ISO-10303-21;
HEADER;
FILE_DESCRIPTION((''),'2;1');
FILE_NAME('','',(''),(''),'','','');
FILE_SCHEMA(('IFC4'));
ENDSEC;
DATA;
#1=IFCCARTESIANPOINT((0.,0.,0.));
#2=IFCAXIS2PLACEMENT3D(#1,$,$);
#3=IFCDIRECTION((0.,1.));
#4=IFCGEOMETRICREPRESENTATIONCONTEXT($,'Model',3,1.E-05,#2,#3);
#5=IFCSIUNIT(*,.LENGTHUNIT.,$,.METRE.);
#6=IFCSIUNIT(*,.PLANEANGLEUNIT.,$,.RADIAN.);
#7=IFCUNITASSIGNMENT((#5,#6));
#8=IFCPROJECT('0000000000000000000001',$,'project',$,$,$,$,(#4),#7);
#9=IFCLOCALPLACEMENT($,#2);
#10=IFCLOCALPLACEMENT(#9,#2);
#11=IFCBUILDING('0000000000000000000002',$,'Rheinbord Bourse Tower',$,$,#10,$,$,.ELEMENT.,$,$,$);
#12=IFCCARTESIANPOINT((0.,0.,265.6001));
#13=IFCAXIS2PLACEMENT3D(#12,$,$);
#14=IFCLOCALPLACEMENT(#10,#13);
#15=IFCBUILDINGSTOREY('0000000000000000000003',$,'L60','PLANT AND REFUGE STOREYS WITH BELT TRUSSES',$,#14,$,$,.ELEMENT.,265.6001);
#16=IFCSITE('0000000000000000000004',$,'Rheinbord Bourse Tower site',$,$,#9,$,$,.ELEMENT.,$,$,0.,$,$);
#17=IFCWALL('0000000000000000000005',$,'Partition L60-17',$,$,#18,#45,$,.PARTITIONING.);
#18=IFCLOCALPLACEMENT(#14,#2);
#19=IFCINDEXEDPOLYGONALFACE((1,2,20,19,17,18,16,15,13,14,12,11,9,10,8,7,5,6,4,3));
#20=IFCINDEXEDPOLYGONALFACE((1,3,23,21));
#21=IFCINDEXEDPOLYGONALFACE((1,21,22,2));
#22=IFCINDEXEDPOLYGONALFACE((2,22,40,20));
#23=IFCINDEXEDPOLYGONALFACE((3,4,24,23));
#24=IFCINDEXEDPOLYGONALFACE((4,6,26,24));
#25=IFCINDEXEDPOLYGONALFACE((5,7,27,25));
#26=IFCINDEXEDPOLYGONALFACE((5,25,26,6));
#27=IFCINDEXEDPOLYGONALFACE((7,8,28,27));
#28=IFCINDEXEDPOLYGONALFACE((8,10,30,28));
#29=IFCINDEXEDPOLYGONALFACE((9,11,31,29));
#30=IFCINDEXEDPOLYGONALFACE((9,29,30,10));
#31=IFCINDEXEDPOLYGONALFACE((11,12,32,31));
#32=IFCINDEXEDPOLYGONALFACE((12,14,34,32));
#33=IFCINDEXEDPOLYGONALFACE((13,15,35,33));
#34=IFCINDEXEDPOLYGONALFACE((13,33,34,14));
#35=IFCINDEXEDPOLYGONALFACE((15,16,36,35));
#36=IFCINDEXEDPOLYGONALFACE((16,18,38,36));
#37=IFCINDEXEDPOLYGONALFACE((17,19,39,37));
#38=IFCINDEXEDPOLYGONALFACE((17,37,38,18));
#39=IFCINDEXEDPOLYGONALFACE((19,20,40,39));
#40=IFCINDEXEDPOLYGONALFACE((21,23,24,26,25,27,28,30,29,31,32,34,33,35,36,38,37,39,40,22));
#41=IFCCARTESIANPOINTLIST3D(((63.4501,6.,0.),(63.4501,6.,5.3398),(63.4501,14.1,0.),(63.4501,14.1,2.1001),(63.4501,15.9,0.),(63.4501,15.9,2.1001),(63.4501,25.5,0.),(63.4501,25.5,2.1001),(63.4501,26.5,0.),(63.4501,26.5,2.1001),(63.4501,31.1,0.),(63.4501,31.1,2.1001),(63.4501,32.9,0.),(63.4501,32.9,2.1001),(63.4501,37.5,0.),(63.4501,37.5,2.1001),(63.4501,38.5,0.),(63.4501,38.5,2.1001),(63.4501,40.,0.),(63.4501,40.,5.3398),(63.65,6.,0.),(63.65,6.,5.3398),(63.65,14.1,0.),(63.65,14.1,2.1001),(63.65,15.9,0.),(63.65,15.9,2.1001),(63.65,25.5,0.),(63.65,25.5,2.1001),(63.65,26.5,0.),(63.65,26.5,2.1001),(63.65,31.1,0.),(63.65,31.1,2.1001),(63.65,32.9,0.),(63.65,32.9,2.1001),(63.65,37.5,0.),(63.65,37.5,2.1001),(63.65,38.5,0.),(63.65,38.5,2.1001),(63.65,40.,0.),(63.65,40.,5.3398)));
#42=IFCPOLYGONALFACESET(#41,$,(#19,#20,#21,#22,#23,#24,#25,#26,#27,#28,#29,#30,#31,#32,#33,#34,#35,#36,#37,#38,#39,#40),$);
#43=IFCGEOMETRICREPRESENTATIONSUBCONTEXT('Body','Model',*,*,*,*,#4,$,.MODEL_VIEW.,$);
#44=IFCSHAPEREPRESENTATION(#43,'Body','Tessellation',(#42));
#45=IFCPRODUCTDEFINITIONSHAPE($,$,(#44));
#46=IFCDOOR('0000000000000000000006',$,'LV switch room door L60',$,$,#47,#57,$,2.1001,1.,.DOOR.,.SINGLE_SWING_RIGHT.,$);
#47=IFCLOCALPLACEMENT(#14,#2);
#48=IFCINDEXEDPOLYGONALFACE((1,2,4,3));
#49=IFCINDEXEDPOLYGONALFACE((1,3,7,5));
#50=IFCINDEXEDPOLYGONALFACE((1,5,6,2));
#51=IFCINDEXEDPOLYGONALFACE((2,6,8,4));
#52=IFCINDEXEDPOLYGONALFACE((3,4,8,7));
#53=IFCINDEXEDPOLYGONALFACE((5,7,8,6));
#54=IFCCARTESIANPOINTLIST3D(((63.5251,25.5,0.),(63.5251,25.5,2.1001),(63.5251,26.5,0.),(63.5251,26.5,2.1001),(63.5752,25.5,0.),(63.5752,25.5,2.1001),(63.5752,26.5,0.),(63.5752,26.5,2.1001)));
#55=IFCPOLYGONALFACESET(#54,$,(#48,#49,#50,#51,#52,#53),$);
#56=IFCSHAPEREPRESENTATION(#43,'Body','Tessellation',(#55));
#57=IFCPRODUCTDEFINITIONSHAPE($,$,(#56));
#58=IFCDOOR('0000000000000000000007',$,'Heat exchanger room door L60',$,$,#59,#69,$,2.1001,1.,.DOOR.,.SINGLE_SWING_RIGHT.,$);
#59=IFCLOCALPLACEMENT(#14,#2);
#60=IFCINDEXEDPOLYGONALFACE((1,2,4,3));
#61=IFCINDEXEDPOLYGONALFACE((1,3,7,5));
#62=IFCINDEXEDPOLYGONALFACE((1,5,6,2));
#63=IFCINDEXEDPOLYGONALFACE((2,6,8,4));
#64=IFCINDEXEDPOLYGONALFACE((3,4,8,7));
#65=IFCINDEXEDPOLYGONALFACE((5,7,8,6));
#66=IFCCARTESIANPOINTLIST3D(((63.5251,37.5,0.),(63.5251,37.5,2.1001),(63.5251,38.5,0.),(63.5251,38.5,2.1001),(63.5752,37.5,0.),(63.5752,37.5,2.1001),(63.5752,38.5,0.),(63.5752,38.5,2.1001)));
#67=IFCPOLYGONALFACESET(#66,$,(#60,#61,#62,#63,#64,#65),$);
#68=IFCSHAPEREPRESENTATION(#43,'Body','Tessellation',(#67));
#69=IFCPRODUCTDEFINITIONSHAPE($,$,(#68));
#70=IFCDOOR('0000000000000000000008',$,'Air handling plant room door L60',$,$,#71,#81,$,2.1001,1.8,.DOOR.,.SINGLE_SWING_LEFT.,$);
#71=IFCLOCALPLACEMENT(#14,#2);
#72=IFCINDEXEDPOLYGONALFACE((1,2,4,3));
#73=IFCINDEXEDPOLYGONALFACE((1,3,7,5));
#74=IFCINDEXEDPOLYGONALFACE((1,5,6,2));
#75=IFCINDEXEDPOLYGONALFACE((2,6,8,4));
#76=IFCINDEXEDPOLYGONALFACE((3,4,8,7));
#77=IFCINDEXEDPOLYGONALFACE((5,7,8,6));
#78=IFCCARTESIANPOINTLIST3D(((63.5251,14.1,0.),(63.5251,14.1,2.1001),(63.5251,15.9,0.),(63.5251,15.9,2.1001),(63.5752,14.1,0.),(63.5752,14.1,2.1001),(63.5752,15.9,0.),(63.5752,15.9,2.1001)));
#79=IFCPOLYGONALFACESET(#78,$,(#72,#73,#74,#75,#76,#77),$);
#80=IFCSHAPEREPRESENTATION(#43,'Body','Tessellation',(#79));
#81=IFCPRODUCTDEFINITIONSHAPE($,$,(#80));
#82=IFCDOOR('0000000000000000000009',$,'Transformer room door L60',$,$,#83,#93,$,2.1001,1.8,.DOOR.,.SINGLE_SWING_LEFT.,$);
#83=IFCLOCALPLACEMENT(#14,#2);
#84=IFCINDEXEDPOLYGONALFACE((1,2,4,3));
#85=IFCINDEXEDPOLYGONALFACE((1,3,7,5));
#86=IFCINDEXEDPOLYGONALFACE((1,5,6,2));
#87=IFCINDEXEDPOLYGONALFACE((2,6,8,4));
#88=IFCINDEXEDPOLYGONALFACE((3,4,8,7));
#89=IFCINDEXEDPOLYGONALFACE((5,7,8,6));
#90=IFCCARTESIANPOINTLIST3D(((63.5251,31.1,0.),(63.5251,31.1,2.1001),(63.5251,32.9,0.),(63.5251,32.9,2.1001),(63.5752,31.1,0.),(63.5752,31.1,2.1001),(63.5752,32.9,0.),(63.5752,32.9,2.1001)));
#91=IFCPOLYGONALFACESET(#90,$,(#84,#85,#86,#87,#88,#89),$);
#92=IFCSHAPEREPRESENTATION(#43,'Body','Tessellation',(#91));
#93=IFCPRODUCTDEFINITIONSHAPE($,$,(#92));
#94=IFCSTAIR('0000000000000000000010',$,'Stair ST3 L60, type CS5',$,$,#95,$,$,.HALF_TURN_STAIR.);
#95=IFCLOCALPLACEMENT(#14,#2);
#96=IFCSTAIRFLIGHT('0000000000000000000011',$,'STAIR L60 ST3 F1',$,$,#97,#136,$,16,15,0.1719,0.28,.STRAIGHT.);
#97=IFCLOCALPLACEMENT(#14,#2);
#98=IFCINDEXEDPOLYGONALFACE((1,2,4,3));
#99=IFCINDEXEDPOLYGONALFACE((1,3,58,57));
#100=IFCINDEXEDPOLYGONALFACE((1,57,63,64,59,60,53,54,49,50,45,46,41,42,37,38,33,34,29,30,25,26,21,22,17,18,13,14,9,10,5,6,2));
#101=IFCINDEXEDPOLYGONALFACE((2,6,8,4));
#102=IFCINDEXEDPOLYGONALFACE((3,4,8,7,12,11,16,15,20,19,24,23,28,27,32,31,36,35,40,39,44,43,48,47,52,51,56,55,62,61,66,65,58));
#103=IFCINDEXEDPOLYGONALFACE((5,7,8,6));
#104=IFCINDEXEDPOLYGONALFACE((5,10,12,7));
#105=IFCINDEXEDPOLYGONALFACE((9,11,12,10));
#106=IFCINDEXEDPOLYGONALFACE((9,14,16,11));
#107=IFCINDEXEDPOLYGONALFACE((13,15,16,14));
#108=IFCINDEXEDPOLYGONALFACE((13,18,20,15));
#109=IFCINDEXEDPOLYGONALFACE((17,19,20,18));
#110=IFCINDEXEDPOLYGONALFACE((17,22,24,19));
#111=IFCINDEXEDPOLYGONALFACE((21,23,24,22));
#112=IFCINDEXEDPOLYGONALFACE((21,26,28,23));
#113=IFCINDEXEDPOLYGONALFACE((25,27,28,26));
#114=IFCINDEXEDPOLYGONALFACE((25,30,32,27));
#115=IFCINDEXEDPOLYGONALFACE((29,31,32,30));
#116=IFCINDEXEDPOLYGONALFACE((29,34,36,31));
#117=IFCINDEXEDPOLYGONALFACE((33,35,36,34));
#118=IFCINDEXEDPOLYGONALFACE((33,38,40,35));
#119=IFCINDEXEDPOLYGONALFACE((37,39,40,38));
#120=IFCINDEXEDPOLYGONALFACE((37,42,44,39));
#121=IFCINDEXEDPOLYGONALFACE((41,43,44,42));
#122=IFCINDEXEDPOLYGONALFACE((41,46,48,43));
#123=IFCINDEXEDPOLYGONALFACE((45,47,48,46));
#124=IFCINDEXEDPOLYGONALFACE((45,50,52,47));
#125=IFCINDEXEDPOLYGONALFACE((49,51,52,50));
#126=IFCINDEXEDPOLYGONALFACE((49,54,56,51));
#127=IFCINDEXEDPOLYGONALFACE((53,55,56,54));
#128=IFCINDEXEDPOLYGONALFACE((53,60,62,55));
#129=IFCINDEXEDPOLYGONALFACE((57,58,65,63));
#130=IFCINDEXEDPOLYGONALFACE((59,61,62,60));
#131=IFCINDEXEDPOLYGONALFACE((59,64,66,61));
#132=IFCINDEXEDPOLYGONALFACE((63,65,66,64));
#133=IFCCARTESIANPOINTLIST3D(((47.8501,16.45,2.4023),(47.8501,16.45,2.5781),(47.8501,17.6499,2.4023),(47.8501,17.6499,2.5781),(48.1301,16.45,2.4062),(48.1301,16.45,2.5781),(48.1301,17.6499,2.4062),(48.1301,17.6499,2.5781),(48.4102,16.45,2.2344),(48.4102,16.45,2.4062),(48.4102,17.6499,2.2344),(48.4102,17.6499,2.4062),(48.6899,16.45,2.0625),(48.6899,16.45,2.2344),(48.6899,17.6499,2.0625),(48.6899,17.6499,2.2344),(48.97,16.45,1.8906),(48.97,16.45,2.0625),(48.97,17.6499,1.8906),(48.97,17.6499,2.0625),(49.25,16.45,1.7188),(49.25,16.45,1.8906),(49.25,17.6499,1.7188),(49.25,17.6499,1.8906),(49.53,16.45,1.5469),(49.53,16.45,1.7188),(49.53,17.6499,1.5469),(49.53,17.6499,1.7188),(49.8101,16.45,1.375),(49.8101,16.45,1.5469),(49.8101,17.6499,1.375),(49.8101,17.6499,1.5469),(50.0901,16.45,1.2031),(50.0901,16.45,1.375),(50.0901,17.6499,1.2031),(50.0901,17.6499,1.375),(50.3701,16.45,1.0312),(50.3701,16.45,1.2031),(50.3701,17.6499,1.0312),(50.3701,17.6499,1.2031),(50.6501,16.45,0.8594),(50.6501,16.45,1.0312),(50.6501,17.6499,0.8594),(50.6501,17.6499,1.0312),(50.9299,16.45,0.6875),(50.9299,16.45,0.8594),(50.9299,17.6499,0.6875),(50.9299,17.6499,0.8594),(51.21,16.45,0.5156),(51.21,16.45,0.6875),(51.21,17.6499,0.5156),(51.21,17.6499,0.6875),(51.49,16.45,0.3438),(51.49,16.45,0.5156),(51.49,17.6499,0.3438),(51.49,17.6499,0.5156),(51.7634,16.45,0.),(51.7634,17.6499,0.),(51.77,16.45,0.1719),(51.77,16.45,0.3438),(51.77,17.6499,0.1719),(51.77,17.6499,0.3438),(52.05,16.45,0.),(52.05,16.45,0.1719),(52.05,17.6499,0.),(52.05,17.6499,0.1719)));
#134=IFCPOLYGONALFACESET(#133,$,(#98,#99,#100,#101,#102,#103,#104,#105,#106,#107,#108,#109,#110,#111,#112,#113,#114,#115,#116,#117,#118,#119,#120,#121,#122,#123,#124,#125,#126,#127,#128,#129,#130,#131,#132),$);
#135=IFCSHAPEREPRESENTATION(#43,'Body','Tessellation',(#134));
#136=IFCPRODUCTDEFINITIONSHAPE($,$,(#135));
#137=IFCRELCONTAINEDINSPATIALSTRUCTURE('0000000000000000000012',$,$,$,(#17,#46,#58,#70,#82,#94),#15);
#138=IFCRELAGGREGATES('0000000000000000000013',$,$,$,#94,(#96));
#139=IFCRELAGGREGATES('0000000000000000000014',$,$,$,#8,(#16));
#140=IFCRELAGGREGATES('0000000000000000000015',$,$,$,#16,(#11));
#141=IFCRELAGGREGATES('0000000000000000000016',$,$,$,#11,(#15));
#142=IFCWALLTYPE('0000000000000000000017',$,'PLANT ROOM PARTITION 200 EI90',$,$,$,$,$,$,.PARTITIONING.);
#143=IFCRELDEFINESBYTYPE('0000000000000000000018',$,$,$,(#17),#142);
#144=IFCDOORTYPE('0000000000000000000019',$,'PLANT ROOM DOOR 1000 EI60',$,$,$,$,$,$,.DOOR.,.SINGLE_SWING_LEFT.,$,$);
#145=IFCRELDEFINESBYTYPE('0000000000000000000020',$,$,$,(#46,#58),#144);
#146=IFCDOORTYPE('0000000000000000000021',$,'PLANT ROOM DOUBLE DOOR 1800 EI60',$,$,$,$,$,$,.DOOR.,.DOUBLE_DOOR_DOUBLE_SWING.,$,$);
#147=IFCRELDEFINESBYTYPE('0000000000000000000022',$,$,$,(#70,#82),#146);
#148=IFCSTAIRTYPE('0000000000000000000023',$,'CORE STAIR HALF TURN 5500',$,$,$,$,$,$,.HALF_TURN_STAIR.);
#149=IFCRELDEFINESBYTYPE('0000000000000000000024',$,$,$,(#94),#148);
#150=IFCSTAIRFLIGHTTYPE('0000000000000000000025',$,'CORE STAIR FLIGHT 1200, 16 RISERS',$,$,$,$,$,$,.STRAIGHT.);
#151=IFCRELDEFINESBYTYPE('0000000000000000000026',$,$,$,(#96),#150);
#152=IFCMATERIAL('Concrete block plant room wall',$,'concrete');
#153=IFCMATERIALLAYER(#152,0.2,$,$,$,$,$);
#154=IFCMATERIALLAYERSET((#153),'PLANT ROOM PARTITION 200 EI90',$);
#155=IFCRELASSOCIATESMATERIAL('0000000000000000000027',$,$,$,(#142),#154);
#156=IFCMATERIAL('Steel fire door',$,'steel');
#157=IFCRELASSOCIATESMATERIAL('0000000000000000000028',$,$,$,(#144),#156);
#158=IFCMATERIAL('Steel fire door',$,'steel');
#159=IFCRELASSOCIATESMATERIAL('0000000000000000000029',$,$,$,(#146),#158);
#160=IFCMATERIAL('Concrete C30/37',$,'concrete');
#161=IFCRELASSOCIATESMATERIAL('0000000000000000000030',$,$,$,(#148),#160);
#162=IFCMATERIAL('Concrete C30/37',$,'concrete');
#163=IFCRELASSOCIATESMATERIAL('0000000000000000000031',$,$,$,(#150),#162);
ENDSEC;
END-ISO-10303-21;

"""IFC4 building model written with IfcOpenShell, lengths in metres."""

from ifc_helpers import new_model, si_unit, direction, frame, frame_2d, origin, place, context, subcontext, project, spatial, polyline, rectangle, outline, extrude, material, layer, layer_set, type_object, element, fill, aggregate, save


model = new_model("IFC4")

# Units and contexts
model_context = context("Model", 3, precision=1e-05, world=origin(), true_north=direction((0.0, 1.0)))
body_context = subcontext(model_context, "Body", "Model", "MODEL_VIEW")
ifc_project = project(units=[si_unit("LENGTHUNIT", "METRE"), si_unit("PLANEANGLEUNIT", "RADIAN")], contexts=[model_context])

# Site, building, storey
site_placement = place(None, origin())
site = spatial("IfcSite", under=ifc_project, at=site_placement, Name="Rheinbord Bourse Tower site", CompositionType="ELEMENT", RefElevation=0.0)
building_placement = place(site_placement, origin())
building = spatial("IfcBuilding", under=site, at=building_placement, Name="Rheinbord Bourse Tower", CompositionType="ELEMENT")
storey_placement = place(building_placement, frame((0.0, 0.0, 265.6001)))
storey = spatial("IfcBuildingStorey", under=building, at=storey_placement, Name="L60", Description="PLANT AND REFUGE STOREYS WITH BELT TRUSSES", CompositionType="ELEMENT", Elevation=265.6001)

# Shared definitions
ifc_material_1 = material(Name="Concrete block plant room wall", Category="concrete")
ifc_layer_1 = layer(ifc_material_1, 0.2)
ifc_layer_set_1 = layer_set([ifc_layer_1], Name="PLANT ROOM PARTITION 200 EI90")
wall_type_1 = type_object("IfcWallType", Name="PLANT ROOM PARTITION 200 EI90", PredefinedType="PARTITIONING", material=ifc_layer_set_1)

# Wall, openings, doors
wall_1_placement = place(storey_placement, frame((63.55, 6.0, 0.0), z_axis=(0.0, 0.0, 1.0), x_axis=(0.0, 1.0, 0.0)))
wall_1 = element("IfcWall", 1, at=wall_1_placement, inside=storey, type_object=wall_type_1, Name="Partition L60-17", PredefinedType="PARTITIONING", context=body_context, shape_type="SweptSolid", body=[
    extrude(rectangle(XDim=34.0, YDim=0.2, at=frame_2d((17.0, 0.0))), origin(), (0.0, 0.0, 1.0), 5.3398),
])
opening_1_placement = place(wall_1_placement, frame((8.1001, 0.0, 0.0)))
opening_1 = element("IfcOpeningElement", 2, at=opening_1_placement, cuts=wall_1, PredefinedType="OPENING", context=body_context, shape_type="SweptSolid", body=[
    extrude(rectangle(XDim=1.8, YDim=2.1001, at=frame_2d((0.8999, 1.05))), frame((0.0, 0.1099, 0.0), z_axis=(0.0, -1.0, 0.0), x_axis=(1.0, 0.0, 0.0)), (0.0, 0.0, 1.0), 0.22),
])
opening_2_placement = place(wall_1_placement, frame((19.5, 0.0, 0.0)))
opening_2 = element("IfcOpeningElement", 3, at=opening_2_placement, cuts=wall_1, PredefinedType="OPENING", context=body_context, shape_type="SweptSolid", body=[
    extrude(rectangle(XDim=1.0, YDim=2.1001, at=frame_2d((0.5, 1.05))), frame((0.0, 0.1099, 0.0), z_axis=(0.0, -1.0, 0.0), x_axis=(1.0, 0.0, 0.0)), (0.0, 0.0, 1.0), 0.22),
])
opening_3_placement = place(wall_1_placement, frame((25.1001, 0.0, 0.0)))
opening_3 = element("IfcOpeningElement", 4, at=opening_3_placement, cuts=wall_1, PredefinedType="OPENING", context=body_context, shape_type="SweptSolid", body=[
    extrude(rectangle(XDim=1.8, YDim=2.1001, at=frame_2d((0.8999, 1.05))), frame((0.0, 0.1099, 0.0), z_axis=(0.0, -1.0, 0.0), x_axis=(1.0, 0.0, 0.0)), (0.0, 0.0, 1.0), 0.22),
])
opening_4_placement = place(wall_1_placement, frame((31.5, 0.0, 0.0)))
opening_4 = element("IfcOpeningElement", 5, at=opening_4_placement, cuts=wall_1, PredefinedType="OPENING", context=body_context, shape_type="SweptSolid", body=[
    extrude(rectangle(XDim=1.0, YDim=2.1001, at=frame_2d((0.5, 1.05))), frame((0.0, 0.1099, 0.0), z_axis=(0.0, -1.0, 0.0), x_axis=(1.0, 0.0, 0.0)), (0.0, 0.0, 1.0), 0.22),
])
ifc_material_2 = material(Name="Steel fire door", Category="steel")
door_type_1 = type_object("IfcDoorType", Name="PLANT ROOM DOOR 1000 EI60", OperationType="SINGLE_SWING_LEFT", PredefinedType="DOOR", material=ifc_material_2)
door_1_placement = place(opening_2_placement, origin())
door_1 = element("IfcDoor", 6, at=door_1_placement, inside=storey, type_object=door_type_1, Name="LV switch room door L60", OperationType="SINGLE_SWING_RIGHT", OverallHeight=2.1001, OverallWidth=1.0, PredefinedType="DOOR", context=body_context, shape_type="SweptSolid", body=[
    extrude(rectangle(XDim=1.0, YDim=2.1001, at=frame_2d((0.5, 1.05))), frame((0.0, 0.0249, 0.0), z_axis=(0.0, -1.0, 0.0), x_axis=(1.0, 0.0, 0.0)), (0.0, 0.0, 1.0), 0.05),
])
fill(opening_2, door_1)
door_2_placement = place(opening_4_placement, origin())
door_2 = element("IfcDoor", 7, at=door_2_placement, inside=storey, type_object=door_type_1, Name="Heat exchanger room door L60", OperationType="SINGLE_SWING_RIGHT", OverallHeight=2.1001, OverallWidth=1.0, PredefinedType="DOOR", context=body_context, shape_type="SweptSolid", body=[
    extrude(rectangle(XDim=1.0, YDim=2.1001, at=frame_2d((0.5, 1.05))), frame((0.0, 0.0249, 0.0), z_axis=(0.0, -1.0, 0.0), x_axis=(1.0, 0.0, 0.0)), (0.0, 0.0, 1.0), 0.05),
])
fill(opening_4, door_2)
ifc_material_3 = material(Name="Steel fire door", Category="steel")
door_type_2 = type_object("IfcDoorType", Name="PLANT ROOM DOUBLE DOOR 1800 EI60", OperationType="DOUBLE_DOOR_DOUBLE_SWING", PredefinedType="DOOR", material=ifc_material_3)
door_3_placement = place(opening_1_placement, origin())
door_3 = element("IfcDoor", 8, at=door_3_placement, inside=storey, type_object=door_type_2, Name="Air handling plant room door L60", OperationType="SINGLE_SWING_LEFT", OverallHeight=2.1001, OverallWidth=1.8, PredefinedType="DOOR", context=body_context, shape_type="SweptSolid", body=[
    extrude(rectangle(XDim=1.8, YDim=2.1001, at=frame_2d((0.8999, 1.05))), frame((0.0, 0.0249, 0.0), z_axis=(0.0, -1.0, 0.0), x_axis=(1.0, 0.0, 0.0)), (0.0, 0.0, 1.0), 0.05),
])
fill(opening_1, door_3)
door_4_placement = place(opening_3_placement, origin())
door_4 = element("IfcDoor", 9, at=door_4_placement, inside=storey, type_object=door_type_2, Name="Transformer room door L60", OperationType="SINGLE_SWING_LEFT", OverallHeight=2.1001, OverallWidth=1.8, PredefinedType="DOOR", context=body_context, shape_type="SweptSolid", body=[
    extrude(rectangle(XDim=1.8, YDim=2.1001, at=frame_2d((0.8999, 1.05))), frame((0.0, 0.0249, 0.0), z_axis=(0.0, -1.0, 0.0), x_axis=(1.0, 0.0, 0.0)), (0.0, 0.0, 1.0), 0.05),
])
fill(opening_3, door_4)

# Stair, stair flight
ifc_material_4 = material(Name="Concrete C30/37", Category="concrete")
stair_type = type_object("IfcStairType", Name="CORE STAIR HALF TURN 5500", PredefinedType="HALF_TURN_STAIR", material=ifc_material_4)
stair_placement = place(storey_placement, origin())
stair = element("IfcStair", 10, at=stair_placement, inside=storey, type_object=stair_type, Name="Stair ST3 L60, type CS5", PredefinedType="HALF_TURN_STAIR")
ifc_material_5 = material(Name="Concrete C30/37", Category="concrete")
stair_flight_type = type_object("IfcStairFlightType", Name="CORE STAIR FLIGHT 1200, 16 RISERS", PredefinedType="STRAIGHT", material=ifc_material_5)
stair_flight_placement = place(storey_placement, frame((52.05, 17.05, 0.0), z_axis=(0.0, 0.0, 1.0), x_axis=(-1.0, 0.0, 0.0)))
stair_flight = element("IfcStairFlight", 11, at=stair_flight_placement, type_object=stair_flight_type, Name="STAIR L60 ST3 F1", NumberOfRisers=16, NumberOfTreads=15, PredefinedType="STRAIGHT", RiserHeight=0.1719, TreadLength=0.28, context=body_context, shape_type="SweptSolid", body=[
    extrude(outline(polyline([(0.0, 0.0), (0.0, 0.1719), (0.28, 0.1719), (0.28, 0.3438), (0.5601, 0.3438), (0.5601, 0.5156), (0.8401, 0.5156), (0.8401, 0.6875), (1.1201, 0.6875), (1.1201, 0.8594), (1.3999, 0.8594), (1.3999, 1.0312), (1.6799, 1.0312), (1.6799, 1.2031), (1.96, 1.2031), (1.96, 1.375), (2.24, 1.375), (2.24, 1.5469), (2.52, 1.5469), (2.52, 1.7188), (2.8, 1.7188), (2.8, 1.8906), (3.0801, 1.8906), (3.0801, 2.0625), (3.3601, 2.0625), (3.3601, 2.2344), (3.6399, 2.2344), (3.6399, 2.4062), (3.9199, 2.4062), (3.9199, 2.5781), (4.2, 2.5781), (4.2, 2.75), (4.2, 2.4023), (0.2866, 0.0), (0.0, 0.0)])), frame((0.0, 0.6001, 0.0), z_axis=(0.0, -1.0, 0.0), x_axis=(1.0, 0.0, 0.0)), (0.0, 0.0, 1.0), 1.2),
])
aggregate(stair, [stair_flight])

save(model, "model.ifc")
